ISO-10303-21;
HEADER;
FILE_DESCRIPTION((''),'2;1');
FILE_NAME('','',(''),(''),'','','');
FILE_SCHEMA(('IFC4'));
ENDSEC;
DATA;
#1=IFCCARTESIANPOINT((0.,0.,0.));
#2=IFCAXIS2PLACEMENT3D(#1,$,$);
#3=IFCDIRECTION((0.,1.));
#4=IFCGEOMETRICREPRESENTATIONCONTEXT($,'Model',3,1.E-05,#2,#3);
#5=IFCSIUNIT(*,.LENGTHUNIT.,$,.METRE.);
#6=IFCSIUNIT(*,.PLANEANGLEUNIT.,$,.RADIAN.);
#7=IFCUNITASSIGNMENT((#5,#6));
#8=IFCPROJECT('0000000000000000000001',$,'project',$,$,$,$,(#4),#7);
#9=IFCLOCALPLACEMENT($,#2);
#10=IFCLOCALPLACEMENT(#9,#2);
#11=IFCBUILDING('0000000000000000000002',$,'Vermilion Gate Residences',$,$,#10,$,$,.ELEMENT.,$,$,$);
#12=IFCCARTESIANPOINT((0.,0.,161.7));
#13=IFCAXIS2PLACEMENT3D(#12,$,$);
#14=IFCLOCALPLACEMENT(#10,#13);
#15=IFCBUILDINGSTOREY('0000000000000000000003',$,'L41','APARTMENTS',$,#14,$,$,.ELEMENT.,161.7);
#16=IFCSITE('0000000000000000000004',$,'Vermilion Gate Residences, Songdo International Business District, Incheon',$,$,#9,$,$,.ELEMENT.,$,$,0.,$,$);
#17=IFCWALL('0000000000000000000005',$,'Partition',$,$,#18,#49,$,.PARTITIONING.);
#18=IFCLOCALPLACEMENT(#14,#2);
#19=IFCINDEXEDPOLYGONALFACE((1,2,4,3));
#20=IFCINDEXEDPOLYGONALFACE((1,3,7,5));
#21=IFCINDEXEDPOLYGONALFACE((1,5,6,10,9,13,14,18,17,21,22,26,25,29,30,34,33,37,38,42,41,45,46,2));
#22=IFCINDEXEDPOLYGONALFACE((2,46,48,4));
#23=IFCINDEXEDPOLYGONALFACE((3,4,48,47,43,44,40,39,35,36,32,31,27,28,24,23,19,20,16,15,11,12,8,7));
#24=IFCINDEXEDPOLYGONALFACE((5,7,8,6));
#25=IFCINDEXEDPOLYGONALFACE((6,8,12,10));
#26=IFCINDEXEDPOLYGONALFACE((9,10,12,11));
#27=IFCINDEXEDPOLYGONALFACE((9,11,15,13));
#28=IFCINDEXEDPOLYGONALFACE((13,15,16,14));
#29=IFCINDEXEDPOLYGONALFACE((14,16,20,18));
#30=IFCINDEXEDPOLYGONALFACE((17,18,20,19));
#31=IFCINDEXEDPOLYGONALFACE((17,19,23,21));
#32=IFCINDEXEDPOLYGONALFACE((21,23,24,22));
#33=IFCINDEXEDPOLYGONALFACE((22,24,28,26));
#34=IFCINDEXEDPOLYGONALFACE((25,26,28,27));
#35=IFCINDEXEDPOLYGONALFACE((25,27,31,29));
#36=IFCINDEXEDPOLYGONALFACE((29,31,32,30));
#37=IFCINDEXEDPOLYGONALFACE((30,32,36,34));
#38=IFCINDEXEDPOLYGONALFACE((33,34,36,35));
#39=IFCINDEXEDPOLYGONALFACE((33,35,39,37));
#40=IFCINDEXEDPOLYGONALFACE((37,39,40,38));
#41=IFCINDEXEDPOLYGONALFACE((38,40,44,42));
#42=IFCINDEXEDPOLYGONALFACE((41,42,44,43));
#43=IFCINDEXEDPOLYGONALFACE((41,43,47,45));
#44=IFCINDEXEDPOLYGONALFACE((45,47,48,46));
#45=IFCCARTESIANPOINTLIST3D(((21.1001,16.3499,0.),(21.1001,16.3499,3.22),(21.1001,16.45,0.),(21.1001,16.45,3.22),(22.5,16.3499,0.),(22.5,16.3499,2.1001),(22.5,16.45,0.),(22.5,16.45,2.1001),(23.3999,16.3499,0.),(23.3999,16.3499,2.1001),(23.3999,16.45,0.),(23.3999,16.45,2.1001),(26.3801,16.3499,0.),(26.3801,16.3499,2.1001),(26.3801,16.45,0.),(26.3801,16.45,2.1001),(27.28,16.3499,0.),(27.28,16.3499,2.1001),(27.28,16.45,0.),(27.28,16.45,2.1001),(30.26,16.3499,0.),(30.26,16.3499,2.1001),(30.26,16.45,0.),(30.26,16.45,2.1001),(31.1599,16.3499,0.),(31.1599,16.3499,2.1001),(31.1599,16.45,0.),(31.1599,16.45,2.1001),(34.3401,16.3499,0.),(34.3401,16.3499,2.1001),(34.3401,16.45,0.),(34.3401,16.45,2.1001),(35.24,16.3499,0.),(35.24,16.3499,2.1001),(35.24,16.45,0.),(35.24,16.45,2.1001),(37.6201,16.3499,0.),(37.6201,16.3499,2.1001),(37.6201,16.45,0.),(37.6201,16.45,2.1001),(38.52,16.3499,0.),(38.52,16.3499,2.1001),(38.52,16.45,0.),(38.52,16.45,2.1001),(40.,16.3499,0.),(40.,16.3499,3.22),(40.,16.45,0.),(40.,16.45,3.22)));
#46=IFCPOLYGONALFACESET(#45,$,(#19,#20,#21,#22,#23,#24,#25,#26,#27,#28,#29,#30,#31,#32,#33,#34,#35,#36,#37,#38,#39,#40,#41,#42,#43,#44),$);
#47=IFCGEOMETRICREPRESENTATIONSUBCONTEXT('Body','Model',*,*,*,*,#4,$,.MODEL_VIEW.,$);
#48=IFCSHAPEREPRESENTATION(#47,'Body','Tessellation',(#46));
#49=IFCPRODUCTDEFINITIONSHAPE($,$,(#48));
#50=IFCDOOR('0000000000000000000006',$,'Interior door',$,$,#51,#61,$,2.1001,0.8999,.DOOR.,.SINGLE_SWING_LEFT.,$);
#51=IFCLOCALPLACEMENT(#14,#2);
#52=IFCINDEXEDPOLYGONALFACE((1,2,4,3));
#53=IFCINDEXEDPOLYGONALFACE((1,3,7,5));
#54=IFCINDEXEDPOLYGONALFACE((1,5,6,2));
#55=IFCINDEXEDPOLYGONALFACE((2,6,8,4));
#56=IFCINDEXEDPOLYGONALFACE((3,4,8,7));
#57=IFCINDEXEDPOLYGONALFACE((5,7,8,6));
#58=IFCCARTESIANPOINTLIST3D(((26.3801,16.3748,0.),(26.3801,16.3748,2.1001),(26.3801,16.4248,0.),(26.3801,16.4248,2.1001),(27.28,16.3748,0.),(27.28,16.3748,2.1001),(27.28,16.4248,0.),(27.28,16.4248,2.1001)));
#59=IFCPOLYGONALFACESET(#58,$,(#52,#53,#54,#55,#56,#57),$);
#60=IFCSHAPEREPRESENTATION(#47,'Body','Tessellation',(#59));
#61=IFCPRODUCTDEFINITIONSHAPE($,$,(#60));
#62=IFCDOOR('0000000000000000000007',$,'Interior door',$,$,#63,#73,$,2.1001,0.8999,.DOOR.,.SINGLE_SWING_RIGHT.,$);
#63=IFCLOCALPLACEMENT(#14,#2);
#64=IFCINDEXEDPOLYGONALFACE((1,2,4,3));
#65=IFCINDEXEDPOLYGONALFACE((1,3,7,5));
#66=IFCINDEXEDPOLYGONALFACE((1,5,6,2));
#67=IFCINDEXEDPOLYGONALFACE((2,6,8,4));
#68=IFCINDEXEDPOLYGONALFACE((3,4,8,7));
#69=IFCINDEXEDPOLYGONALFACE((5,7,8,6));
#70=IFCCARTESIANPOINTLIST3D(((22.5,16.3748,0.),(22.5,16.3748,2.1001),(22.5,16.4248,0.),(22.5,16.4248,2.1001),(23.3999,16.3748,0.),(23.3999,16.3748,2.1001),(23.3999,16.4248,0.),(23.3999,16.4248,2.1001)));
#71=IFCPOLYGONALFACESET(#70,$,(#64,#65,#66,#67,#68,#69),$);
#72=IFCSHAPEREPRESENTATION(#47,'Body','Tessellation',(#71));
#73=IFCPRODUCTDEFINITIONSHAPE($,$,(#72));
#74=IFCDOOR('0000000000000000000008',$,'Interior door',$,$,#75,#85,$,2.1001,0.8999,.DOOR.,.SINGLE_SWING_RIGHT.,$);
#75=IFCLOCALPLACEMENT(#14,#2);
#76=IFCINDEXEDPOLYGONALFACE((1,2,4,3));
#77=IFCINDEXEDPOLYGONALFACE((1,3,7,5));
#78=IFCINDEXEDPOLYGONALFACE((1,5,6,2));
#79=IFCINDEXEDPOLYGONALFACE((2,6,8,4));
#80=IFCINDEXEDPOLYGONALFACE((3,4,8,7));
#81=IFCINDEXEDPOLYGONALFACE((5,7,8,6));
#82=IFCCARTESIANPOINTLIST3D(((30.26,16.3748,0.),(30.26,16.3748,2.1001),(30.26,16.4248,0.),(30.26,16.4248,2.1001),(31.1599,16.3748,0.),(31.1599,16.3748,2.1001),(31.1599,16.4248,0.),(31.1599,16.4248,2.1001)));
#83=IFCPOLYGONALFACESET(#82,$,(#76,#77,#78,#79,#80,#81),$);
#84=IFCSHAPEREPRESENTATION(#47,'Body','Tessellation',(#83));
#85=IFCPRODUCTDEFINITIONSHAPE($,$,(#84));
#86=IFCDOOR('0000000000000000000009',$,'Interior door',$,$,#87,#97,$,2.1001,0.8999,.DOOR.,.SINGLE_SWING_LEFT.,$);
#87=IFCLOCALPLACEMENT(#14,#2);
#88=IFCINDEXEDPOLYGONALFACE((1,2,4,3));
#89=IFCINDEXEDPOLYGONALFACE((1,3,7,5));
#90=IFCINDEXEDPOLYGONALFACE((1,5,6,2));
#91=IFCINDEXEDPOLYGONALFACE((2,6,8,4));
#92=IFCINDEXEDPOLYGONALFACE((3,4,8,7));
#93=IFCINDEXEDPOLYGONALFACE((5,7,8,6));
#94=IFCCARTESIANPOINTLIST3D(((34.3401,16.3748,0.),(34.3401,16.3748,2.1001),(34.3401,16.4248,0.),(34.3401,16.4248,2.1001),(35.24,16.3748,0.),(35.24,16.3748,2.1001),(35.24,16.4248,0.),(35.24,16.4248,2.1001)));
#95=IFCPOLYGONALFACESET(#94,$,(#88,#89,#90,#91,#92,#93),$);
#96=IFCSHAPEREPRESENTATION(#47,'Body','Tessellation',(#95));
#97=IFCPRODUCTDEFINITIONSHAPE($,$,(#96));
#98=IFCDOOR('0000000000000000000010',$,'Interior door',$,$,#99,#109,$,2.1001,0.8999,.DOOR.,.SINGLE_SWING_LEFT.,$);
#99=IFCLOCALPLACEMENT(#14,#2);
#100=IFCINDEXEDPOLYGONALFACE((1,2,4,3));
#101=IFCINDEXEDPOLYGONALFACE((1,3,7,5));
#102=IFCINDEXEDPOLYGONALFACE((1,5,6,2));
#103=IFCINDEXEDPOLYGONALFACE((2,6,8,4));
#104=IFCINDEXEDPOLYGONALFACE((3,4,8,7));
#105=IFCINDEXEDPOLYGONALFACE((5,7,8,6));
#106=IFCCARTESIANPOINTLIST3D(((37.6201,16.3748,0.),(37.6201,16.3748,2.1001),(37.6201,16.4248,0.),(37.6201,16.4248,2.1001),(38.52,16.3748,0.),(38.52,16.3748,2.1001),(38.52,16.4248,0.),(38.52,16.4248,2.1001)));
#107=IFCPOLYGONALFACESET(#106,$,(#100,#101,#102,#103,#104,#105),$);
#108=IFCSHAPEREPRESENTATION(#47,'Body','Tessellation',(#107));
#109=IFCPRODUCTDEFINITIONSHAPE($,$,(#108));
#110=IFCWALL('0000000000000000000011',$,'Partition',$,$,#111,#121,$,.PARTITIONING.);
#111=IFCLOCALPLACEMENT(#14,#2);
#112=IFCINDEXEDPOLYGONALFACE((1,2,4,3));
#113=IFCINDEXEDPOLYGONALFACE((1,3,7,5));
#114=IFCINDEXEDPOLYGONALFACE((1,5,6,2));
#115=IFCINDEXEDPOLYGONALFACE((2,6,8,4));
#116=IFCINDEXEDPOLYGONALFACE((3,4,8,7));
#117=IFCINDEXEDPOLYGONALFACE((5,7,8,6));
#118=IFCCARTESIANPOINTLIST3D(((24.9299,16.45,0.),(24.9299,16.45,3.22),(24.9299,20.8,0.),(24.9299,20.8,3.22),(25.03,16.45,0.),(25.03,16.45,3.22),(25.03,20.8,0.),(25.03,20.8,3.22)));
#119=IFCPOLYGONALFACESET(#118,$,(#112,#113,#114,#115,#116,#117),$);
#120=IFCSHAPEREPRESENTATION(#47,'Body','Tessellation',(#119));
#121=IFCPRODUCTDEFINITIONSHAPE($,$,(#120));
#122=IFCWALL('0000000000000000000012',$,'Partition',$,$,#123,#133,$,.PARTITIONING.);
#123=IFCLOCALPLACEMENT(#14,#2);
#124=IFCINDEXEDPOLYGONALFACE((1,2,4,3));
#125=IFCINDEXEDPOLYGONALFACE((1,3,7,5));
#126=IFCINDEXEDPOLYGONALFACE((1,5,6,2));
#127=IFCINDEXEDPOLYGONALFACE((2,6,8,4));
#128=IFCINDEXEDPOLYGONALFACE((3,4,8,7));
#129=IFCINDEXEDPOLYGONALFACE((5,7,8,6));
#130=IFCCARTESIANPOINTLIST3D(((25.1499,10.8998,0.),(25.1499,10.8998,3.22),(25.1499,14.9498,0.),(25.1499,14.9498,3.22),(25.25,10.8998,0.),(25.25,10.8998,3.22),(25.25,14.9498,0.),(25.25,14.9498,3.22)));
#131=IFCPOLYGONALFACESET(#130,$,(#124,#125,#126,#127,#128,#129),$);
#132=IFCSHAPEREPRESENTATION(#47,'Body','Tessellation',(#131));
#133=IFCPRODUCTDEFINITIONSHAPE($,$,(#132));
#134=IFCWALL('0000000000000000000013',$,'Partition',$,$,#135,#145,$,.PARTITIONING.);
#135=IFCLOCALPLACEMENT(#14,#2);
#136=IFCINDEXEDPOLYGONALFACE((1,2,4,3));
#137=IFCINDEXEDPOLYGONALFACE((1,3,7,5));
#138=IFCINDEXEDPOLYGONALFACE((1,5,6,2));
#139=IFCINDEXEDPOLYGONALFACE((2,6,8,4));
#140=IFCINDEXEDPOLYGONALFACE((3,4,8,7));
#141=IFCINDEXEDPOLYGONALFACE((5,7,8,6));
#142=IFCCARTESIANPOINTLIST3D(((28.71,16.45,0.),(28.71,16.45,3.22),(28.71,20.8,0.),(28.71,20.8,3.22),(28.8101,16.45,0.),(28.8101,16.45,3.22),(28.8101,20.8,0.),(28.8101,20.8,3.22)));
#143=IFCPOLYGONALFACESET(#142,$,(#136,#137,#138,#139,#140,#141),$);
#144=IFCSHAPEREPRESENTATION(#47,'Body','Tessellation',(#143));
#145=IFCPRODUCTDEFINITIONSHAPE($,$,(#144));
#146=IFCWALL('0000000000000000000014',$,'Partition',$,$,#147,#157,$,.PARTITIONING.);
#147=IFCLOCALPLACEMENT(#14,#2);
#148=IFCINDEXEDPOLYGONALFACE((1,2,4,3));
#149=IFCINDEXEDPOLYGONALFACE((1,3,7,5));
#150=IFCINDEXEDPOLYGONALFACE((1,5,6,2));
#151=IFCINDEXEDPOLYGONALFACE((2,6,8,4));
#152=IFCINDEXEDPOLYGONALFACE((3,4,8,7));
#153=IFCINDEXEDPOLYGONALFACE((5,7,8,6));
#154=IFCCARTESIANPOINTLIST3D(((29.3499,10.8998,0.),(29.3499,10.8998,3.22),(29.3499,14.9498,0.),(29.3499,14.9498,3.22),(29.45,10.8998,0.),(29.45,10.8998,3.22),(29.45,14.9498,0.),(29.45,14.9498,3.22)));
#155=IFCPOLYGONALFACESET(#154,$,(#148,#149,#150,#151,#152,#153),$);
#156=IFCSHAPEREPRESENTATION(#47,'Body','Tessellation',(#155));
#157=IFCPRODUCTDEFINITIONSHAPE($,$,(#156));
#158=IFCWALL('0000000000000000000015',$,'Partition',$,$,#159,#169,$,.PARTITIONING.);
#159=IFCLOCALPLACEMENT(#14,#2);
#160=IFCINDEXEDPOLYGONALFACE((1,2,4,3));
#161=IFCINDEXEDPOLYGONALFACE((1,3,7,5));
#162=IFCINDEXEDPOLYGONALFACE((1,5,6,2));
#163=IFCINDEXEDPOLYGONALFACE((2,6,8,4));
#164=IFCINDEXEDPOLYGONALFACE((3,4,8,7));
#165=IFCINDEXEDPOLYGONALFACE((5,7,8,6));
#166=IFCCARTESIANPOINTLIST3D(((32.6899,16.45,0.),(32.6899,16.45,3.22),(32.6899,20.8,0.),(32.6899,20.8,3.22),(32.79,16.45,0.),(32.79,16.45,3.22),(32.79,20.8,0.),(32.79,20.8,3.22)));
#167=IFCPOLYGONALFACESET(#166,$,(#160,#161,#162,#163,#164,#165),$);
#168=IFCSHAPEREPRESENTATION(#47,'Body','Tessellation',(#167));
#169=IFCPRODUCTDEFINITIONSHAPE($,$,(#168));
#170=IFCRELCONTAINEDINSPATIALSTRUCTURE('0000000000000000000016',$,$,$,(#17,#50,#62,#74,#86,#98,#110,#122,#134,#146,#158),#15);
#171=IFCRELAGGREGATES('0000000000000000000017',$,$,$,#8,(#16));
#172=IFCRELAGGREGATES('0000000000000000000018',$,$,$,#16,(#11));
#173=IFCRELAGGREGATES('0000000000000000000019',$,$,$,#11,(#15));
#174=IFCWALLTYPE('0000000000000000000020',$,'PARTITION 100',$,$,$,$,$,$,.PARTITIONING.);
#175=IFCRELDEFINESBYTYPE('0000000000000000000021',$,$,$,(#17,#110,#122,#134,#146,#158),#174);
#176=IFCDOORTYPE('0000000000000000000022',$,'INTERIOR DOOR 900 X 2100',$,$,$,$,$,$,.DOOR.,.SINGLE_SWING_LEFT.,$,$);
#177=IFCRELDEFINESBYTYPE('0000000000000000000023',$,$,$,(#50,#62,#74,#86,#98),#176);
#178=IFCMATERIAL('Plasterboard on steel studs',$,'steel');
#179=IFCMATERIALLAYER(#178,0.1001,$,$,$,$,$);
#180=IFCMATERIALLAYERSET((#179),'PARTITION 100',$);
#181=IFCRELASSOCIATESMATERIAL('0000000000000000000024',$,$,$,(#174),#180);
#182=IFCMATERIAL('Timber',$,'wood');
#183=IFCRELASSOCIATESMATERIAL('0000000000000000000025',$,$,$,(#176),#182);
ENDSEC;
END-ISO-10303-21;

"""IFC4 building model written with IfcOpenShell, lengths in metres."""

from ifc_helpers import new_model, si_unit, direction, frame, frame_2d, origin, place, context, subcontext, project, spatial, rectangle, extrude, material, layer, layer_set, type_object, element, fill, save


model = new_model("IFC4")

# Units and contexts
model_context = context("Model", 3, precision=1e-05, world=origin(), true_north=direction((0.0, 1.0)))
body_context = subcontext(model_context, "Body", "Model", "MODEL_VIEW")
ifc_project = project(units=[si_unit("LENGTHUNIT", "METRE"), si_unit("PLANEANGLEUNIT", "RADIAN")], contexts=[model_context])

# Site, building, storey
site_placement = place(None, origin())
site = spatial("IfcSite", under=ifc_project, at=site_placement, Name="Vermilion Gate Residences, Songdo International Business District, Incheon", CompositionType="ELEMENT", RefElevation=0.0)
building_placement = place(site_placement, origin())
building = spatial("IfcBuilding", under=site, at=building_placement, Name="Vermilion Gate Residences", CompositionType="ELEMENT")
storey_placement = place(building_placement, frame((0.0, 0.0, 161.7)))
storey = spatial("IfcBuildingStorey", under=building, at=storey_placement, Name="L41", Description="APARTMENTS", CompositionType="ELEMENT", Elevation=161.7)

# Wall, openings, doors
ifc_material_1 = material(Name="Plasterboard on steel studs", Category="steel")
ifc_layer = layer(ifc_material_1, 0.1001)
ifc_layer_set = layer_set([ifc_layer], Name="PARTITION 100")
wall_type = type_object("IfcWallType", Name="PARTITION 100", PredefinedType="PARTITIONING", material=ifc_layer_set)
ifc_material_2 = material(Name="Timber", Category="wood")
door_type = type_object("IfcDoorType", Name="INTERIOR DOOR 900 X 2100", OperationType="SINGLE_SWING_LEFT", PredefinedType="DOOR", material=ifc_material_2)
wall_1_placement = place(storey_placement, frame((21.1001, 16.3999, 0.0), z_axis=(0.0, 0.0, 1.0), x_axis=(1.0, 0.0, 0.0)))
wall_1 = element("IfcWall", 1, at=wall_1_placement, inside=storey, type_object=wall_type, Name="Partition", PredefinedType="PARTITIONING", context=body_context, shape_type="SweptSolid", body=[
    extrude(rectangle(XDim=18.8999, YDim=0.1001, at=frame_2d((9.45, 0.0))), origin(), (0.0, 0.0, 1.0), 3.22),
])
opening_1_placement = place(wall_1_placement, frame((5.28, 0.0, 0.0)))
opening_1 = element("IfcOpeningElement", 2, at=opening_1_placement, cuts=wall_1, PredefinedType="OPENING", context=body_context, shape_type="SweptSolid", body=[
    extrude(rectangle(XDim=0.8999, YDim=2.1001, at=frame_2d((0.45, 1.05))), frame((0.0, 0.0601, 0.0), z_axis=(0.0, -1.0, 0.0), x_axis=(1.0, 0.0, 0.0)), (0.0, 0.0, 1.0), 0.1201),
])
opening_2_placement = place(wall_1_placement, frame((1.3999, 0.0, 0.0)))
opening_2 = element("IfcOpeningElement", 3, at=opening_2_placement, cuts=wall_1, PredefinedType="OPENING", context=body_context, shape_type="SweptSolid", body=[
    extrude(rectangle(XDim=0.8999, YDim=2.1001, at=frame_2d((0.45, 1.05))), frame((0.0, 0.0601, 0.0), z_axis=(0.0, -1.0, 0.0), x_axis=(1.0, 0.0, 0.0)), (0.0, 0.0, 1.0), 0.1201),
])
opening_3_placement = place(wall_1_placement, frame((9.1599, 0.0, 0.0)))
opening_3 = element("IfcOpeningElement", 4, at=opening_3_placement, cuts=wall_1, PredefinedType="OPENING", context=body_context, shape_type="SweptSolid", body=[
    extrude(rectangle(XDim=0.8999, YDim=2.1001, at=frame_2d((0.45, 1.05))), frame((0.0, 0.0601, 0.0), z_axis=(0.0, -1.0, 0.0), x_axis=(1.0, 0.0, 0.0)), (0.0, 0.0, 1.0), 0.1201),
])
opening_4_placement = place(wall_1_placement, frame((13.24, 0.0, 0.0)))
opening_4 = element("IfcOpeningElement", 5, at=opening_4_placement, cuts=wall_1, PredefinedType="OPENING", context=body_context, shape_type="SweptSolid", body=[
    extrude(rectangle(XDim=0.8999, YDim=2.1001, at=frame_2d((0.45, 1.05))), frame((0.0, 0.0601, 0.0), z_axis=(0.0, -1.0, 0.0), x_axis=(1.0, 0.0, 0.0)), (0.0, 0.0, 1.0), 0.1201),
])
opening_5_placement = place(wall_1_placement, frame((16.52, 0.0, 0.0)))
opening_5 = element("IfcOpeningElement", 6, at=opening_5_placement, cuts=wall_1, PredefinedType="OPENING", context=body_context, shape_type="SweptSolid", body=[
    extrude(rectangle(XDim=0.8999, YDim=2.1001, at=frame_2d((0.45, 1.05))), frame((0.0, 0.0601, 0.0), z_axis=(0.0, -1.0, 0.0), x_axis=(1.0, 0.0, 0.0)), (0.0, 0.0, 1.0), 0.1201),
])
door_1_placement = place(opening_1_placement, origin())
door_1 = element("IfcDoor", 7, at=door_1_placement, inside=storey, type_object=door_type, Name="Interior door", OperationType="SINGLE_SWING_LEFT", OverallHeight=2.1001, OverallWidth=0.8999, PredefinedType="DOOR", context=body_context, shape_type="SweptSolid", body=[
    extrude(rectangle(XDim=0.8999, YDim=2.1001, at=frame_2d((0.45, 1.05))), frame((0.0, 0.0249, 0.0), z_axis=(0.0, -1.0, 0.0), x_axis=(1.0, 0.0, 0.0)), (0.0, 0.0, 1.0), 0.05),
])
fill(opening_1, door_1)
door_2_placement = place(opening_2_placement, origin())
door_2 = element("IfcDoor", 8, at=door_2_placement, inside=storey, type_object=door_type, Name="Interior door", OperationType="SINGLE_SWING_RIGHT", OverallHeight=2.1001, OverallWidth=0.8999, PredefinedType="DOOR", context=body_context, shape_type="SweptSolid", body=[
    extrude(rectangle(XDim=0.8999, YDim=2.1001, at=frame_2d((0.45, 1.05))), frame((0.0, 0.0249, 0.0), z_axis=(0.0, -1.0, 0.0), x_axis=(1.0, 0.0, 0.0)), (0.0, 0.0, 1.0), 0.05),
])
fill(opening_2, door_2)
door_3_placement = place(opening_3_placement, origin())
door_3 = element("IfcDoor", 9, at=door_3_placement, inside=storey, type_object=door_type, Name="Interior door", OperationType="SINGLE_SWING_RIGHT", OverallHeight=2.1001, OverallWidth=0.8999, PredefinedType="DOOR", context=body_context, shape_type="SweptSolid", body=[
    extrude(rectangle(XDim=0.8999, YDim=2.1001, at=frame_2d((0.45, 1.05))), frame((0.0, 0.0249, 0.0), z_axis=(0.0, -1.0, 0.0), x_axis=(1.0, 0.0, 0.0)), (0.0, 0.0, 1.0), 0.05),
])
fill(opening_3, door_3)
door_4_placement = place(opening_4_placement, origin())
door_4 = element("IfcDoor", 10, at=door_4_placement, inside=storey, type_object=door_type, Name="Interior door", OperationType="SINGLE_SWING_LEFT", OverallHeight=2.1001, OverallWidth=0.8999, PredefinedType="DOOR", context=body_context, shape_type="SweptSolid", body=[
    extrude(rectangle(XDim=0.8999, YDim=2.1001, at=frame_2d((0.45, 1.05))), frame((0.0, 0.0249, 0.0), z_axis=(0.0, -1.0, 0.0), x_axis=(1.0, 0.0, 0.0)), (0.0, 0.0, 1.0), 0.05),
])
fill(opening_4, door_4)
door_5_placement = place(opening_5_placement, origin())
door_5 = element("IfcDoor", 11, at=door_5_placement, inside=storey, type_object=door_type, Name="Interior door", OperationType="SINGLE_SWING_LEFT", OverallHeight=2.1001, OverallWidth=0.8999, PredefinedType="DOOR", context=body_context, shape_type="SweptSolid", body=[
    extrude(rectangle(XDim=0.8999, YDim=2.1001, at=frame_2d((0.45, 1.05))), frame((0.0, 0.0249, 0.0), z_axis=(0.0, -1.0, 0.0), x_axis=(1.0, 0.0, 0.0)), (0.0, 0.0, 1.0), 0.05),
])
fill(opening_5, door_5)

# Walls
wall_2_placement = place(storey_placement, frame((24.98, 16.45, 0.0), z_axis=(0.0, 0.0, 1.0), x_axis=(0.0, 1.0, 0.0)))
element("IfcWall", 12, at=wall_2_placement, inside=storey, type_object=wall_type, Name="Partition", PredefinedType="PARTITIONING", context=body_context, shape_type="SweptSolid", body=[
    extrude(rectangle(XDim=4.3501, YDim=0.1001, at=frame_2d((2.175, 0.0))), origin(), (0.0, 0.0, 1.0), 3.22),
])
wall_3_placement = place(storey_placement, frame((25.2, 10.8999, 0.0), z_axis=(0.0, 0.0, 1.0), x_axis=(0.0, 1.0, 0.0)))
element("IfcWall", 13, at=wall_3_placement, inside=storey, type_object=wall_type, Name="Partition", PredefinedType="PARTITIONING", context=body_context, shape_type="SweptSolid", body=[
    extrude(rectangle(XDim=4.05, YDim=0.1001, at=frame_2d((2.0249, 0.0))), origin(), (0.0, 0.0, 1.0), 3.22),
])
wall_4_placement = place(storey_placement, frame((28.76, 16.45, 0.0), z_axis=(0.0, 0.0, 1.0), x_axis=(0.0, 1.0, 0.0)))
element("IfcWall", 14, at=wall_4_placement, inside=storey, type_object=wall_type, Name="Partition", PredefinedType="PARTITIONING", context=body_context, shape_type="SweptSolid", body=[
    extrude(rectangle(XDim=4.3501, YDim=0.1001, at=frame_2d((2.175, 0.0))), origin(), (0.0, 0.0, 1.0), 3.22),
])
wall_5_placement = place(storey_placement, frame((29.3999, 10.8999, 0.0), z_axis=(0.0, 0.0, 1.0), x_axis=(0.0, 1.0, 0.0)))
element("IfcWall", 15, at=wall_5_placement, inside=storey, type_object=wall_type, Name="Partition", PredefinedType="PARTITIONING", context=body_context, shape_type="SweptSolid", body=[
    extrude(rectangle(XDim=4.05, YDim=0.1001, at=frame_2d((2.0249, 0.0))), origin(), (0.0, 0.0, 1.0), 3.22),
])
wall_6_placement = place(storey_placement, frame((32.74, 16.45, 0.0), z_axis=(0.0, 0.0, 1.0), x_axis=(0.0, 1.0, 0.0)))
element("IfcWall", 16, at=wall_6_placement, inside=storey, type_object=wall_type, Name="Partition", PredefinedType="PARTITIONING", context=body_context, shape_type="SweptSolid", body=[
    extrude(rectangle(XDim=4.3501, YDim=0.1001, at=frame_2d((2.175, 0.0))), origin(), (0.0, 0.0, 1.0), 3.22),
])

save(model, "model.ifc")
